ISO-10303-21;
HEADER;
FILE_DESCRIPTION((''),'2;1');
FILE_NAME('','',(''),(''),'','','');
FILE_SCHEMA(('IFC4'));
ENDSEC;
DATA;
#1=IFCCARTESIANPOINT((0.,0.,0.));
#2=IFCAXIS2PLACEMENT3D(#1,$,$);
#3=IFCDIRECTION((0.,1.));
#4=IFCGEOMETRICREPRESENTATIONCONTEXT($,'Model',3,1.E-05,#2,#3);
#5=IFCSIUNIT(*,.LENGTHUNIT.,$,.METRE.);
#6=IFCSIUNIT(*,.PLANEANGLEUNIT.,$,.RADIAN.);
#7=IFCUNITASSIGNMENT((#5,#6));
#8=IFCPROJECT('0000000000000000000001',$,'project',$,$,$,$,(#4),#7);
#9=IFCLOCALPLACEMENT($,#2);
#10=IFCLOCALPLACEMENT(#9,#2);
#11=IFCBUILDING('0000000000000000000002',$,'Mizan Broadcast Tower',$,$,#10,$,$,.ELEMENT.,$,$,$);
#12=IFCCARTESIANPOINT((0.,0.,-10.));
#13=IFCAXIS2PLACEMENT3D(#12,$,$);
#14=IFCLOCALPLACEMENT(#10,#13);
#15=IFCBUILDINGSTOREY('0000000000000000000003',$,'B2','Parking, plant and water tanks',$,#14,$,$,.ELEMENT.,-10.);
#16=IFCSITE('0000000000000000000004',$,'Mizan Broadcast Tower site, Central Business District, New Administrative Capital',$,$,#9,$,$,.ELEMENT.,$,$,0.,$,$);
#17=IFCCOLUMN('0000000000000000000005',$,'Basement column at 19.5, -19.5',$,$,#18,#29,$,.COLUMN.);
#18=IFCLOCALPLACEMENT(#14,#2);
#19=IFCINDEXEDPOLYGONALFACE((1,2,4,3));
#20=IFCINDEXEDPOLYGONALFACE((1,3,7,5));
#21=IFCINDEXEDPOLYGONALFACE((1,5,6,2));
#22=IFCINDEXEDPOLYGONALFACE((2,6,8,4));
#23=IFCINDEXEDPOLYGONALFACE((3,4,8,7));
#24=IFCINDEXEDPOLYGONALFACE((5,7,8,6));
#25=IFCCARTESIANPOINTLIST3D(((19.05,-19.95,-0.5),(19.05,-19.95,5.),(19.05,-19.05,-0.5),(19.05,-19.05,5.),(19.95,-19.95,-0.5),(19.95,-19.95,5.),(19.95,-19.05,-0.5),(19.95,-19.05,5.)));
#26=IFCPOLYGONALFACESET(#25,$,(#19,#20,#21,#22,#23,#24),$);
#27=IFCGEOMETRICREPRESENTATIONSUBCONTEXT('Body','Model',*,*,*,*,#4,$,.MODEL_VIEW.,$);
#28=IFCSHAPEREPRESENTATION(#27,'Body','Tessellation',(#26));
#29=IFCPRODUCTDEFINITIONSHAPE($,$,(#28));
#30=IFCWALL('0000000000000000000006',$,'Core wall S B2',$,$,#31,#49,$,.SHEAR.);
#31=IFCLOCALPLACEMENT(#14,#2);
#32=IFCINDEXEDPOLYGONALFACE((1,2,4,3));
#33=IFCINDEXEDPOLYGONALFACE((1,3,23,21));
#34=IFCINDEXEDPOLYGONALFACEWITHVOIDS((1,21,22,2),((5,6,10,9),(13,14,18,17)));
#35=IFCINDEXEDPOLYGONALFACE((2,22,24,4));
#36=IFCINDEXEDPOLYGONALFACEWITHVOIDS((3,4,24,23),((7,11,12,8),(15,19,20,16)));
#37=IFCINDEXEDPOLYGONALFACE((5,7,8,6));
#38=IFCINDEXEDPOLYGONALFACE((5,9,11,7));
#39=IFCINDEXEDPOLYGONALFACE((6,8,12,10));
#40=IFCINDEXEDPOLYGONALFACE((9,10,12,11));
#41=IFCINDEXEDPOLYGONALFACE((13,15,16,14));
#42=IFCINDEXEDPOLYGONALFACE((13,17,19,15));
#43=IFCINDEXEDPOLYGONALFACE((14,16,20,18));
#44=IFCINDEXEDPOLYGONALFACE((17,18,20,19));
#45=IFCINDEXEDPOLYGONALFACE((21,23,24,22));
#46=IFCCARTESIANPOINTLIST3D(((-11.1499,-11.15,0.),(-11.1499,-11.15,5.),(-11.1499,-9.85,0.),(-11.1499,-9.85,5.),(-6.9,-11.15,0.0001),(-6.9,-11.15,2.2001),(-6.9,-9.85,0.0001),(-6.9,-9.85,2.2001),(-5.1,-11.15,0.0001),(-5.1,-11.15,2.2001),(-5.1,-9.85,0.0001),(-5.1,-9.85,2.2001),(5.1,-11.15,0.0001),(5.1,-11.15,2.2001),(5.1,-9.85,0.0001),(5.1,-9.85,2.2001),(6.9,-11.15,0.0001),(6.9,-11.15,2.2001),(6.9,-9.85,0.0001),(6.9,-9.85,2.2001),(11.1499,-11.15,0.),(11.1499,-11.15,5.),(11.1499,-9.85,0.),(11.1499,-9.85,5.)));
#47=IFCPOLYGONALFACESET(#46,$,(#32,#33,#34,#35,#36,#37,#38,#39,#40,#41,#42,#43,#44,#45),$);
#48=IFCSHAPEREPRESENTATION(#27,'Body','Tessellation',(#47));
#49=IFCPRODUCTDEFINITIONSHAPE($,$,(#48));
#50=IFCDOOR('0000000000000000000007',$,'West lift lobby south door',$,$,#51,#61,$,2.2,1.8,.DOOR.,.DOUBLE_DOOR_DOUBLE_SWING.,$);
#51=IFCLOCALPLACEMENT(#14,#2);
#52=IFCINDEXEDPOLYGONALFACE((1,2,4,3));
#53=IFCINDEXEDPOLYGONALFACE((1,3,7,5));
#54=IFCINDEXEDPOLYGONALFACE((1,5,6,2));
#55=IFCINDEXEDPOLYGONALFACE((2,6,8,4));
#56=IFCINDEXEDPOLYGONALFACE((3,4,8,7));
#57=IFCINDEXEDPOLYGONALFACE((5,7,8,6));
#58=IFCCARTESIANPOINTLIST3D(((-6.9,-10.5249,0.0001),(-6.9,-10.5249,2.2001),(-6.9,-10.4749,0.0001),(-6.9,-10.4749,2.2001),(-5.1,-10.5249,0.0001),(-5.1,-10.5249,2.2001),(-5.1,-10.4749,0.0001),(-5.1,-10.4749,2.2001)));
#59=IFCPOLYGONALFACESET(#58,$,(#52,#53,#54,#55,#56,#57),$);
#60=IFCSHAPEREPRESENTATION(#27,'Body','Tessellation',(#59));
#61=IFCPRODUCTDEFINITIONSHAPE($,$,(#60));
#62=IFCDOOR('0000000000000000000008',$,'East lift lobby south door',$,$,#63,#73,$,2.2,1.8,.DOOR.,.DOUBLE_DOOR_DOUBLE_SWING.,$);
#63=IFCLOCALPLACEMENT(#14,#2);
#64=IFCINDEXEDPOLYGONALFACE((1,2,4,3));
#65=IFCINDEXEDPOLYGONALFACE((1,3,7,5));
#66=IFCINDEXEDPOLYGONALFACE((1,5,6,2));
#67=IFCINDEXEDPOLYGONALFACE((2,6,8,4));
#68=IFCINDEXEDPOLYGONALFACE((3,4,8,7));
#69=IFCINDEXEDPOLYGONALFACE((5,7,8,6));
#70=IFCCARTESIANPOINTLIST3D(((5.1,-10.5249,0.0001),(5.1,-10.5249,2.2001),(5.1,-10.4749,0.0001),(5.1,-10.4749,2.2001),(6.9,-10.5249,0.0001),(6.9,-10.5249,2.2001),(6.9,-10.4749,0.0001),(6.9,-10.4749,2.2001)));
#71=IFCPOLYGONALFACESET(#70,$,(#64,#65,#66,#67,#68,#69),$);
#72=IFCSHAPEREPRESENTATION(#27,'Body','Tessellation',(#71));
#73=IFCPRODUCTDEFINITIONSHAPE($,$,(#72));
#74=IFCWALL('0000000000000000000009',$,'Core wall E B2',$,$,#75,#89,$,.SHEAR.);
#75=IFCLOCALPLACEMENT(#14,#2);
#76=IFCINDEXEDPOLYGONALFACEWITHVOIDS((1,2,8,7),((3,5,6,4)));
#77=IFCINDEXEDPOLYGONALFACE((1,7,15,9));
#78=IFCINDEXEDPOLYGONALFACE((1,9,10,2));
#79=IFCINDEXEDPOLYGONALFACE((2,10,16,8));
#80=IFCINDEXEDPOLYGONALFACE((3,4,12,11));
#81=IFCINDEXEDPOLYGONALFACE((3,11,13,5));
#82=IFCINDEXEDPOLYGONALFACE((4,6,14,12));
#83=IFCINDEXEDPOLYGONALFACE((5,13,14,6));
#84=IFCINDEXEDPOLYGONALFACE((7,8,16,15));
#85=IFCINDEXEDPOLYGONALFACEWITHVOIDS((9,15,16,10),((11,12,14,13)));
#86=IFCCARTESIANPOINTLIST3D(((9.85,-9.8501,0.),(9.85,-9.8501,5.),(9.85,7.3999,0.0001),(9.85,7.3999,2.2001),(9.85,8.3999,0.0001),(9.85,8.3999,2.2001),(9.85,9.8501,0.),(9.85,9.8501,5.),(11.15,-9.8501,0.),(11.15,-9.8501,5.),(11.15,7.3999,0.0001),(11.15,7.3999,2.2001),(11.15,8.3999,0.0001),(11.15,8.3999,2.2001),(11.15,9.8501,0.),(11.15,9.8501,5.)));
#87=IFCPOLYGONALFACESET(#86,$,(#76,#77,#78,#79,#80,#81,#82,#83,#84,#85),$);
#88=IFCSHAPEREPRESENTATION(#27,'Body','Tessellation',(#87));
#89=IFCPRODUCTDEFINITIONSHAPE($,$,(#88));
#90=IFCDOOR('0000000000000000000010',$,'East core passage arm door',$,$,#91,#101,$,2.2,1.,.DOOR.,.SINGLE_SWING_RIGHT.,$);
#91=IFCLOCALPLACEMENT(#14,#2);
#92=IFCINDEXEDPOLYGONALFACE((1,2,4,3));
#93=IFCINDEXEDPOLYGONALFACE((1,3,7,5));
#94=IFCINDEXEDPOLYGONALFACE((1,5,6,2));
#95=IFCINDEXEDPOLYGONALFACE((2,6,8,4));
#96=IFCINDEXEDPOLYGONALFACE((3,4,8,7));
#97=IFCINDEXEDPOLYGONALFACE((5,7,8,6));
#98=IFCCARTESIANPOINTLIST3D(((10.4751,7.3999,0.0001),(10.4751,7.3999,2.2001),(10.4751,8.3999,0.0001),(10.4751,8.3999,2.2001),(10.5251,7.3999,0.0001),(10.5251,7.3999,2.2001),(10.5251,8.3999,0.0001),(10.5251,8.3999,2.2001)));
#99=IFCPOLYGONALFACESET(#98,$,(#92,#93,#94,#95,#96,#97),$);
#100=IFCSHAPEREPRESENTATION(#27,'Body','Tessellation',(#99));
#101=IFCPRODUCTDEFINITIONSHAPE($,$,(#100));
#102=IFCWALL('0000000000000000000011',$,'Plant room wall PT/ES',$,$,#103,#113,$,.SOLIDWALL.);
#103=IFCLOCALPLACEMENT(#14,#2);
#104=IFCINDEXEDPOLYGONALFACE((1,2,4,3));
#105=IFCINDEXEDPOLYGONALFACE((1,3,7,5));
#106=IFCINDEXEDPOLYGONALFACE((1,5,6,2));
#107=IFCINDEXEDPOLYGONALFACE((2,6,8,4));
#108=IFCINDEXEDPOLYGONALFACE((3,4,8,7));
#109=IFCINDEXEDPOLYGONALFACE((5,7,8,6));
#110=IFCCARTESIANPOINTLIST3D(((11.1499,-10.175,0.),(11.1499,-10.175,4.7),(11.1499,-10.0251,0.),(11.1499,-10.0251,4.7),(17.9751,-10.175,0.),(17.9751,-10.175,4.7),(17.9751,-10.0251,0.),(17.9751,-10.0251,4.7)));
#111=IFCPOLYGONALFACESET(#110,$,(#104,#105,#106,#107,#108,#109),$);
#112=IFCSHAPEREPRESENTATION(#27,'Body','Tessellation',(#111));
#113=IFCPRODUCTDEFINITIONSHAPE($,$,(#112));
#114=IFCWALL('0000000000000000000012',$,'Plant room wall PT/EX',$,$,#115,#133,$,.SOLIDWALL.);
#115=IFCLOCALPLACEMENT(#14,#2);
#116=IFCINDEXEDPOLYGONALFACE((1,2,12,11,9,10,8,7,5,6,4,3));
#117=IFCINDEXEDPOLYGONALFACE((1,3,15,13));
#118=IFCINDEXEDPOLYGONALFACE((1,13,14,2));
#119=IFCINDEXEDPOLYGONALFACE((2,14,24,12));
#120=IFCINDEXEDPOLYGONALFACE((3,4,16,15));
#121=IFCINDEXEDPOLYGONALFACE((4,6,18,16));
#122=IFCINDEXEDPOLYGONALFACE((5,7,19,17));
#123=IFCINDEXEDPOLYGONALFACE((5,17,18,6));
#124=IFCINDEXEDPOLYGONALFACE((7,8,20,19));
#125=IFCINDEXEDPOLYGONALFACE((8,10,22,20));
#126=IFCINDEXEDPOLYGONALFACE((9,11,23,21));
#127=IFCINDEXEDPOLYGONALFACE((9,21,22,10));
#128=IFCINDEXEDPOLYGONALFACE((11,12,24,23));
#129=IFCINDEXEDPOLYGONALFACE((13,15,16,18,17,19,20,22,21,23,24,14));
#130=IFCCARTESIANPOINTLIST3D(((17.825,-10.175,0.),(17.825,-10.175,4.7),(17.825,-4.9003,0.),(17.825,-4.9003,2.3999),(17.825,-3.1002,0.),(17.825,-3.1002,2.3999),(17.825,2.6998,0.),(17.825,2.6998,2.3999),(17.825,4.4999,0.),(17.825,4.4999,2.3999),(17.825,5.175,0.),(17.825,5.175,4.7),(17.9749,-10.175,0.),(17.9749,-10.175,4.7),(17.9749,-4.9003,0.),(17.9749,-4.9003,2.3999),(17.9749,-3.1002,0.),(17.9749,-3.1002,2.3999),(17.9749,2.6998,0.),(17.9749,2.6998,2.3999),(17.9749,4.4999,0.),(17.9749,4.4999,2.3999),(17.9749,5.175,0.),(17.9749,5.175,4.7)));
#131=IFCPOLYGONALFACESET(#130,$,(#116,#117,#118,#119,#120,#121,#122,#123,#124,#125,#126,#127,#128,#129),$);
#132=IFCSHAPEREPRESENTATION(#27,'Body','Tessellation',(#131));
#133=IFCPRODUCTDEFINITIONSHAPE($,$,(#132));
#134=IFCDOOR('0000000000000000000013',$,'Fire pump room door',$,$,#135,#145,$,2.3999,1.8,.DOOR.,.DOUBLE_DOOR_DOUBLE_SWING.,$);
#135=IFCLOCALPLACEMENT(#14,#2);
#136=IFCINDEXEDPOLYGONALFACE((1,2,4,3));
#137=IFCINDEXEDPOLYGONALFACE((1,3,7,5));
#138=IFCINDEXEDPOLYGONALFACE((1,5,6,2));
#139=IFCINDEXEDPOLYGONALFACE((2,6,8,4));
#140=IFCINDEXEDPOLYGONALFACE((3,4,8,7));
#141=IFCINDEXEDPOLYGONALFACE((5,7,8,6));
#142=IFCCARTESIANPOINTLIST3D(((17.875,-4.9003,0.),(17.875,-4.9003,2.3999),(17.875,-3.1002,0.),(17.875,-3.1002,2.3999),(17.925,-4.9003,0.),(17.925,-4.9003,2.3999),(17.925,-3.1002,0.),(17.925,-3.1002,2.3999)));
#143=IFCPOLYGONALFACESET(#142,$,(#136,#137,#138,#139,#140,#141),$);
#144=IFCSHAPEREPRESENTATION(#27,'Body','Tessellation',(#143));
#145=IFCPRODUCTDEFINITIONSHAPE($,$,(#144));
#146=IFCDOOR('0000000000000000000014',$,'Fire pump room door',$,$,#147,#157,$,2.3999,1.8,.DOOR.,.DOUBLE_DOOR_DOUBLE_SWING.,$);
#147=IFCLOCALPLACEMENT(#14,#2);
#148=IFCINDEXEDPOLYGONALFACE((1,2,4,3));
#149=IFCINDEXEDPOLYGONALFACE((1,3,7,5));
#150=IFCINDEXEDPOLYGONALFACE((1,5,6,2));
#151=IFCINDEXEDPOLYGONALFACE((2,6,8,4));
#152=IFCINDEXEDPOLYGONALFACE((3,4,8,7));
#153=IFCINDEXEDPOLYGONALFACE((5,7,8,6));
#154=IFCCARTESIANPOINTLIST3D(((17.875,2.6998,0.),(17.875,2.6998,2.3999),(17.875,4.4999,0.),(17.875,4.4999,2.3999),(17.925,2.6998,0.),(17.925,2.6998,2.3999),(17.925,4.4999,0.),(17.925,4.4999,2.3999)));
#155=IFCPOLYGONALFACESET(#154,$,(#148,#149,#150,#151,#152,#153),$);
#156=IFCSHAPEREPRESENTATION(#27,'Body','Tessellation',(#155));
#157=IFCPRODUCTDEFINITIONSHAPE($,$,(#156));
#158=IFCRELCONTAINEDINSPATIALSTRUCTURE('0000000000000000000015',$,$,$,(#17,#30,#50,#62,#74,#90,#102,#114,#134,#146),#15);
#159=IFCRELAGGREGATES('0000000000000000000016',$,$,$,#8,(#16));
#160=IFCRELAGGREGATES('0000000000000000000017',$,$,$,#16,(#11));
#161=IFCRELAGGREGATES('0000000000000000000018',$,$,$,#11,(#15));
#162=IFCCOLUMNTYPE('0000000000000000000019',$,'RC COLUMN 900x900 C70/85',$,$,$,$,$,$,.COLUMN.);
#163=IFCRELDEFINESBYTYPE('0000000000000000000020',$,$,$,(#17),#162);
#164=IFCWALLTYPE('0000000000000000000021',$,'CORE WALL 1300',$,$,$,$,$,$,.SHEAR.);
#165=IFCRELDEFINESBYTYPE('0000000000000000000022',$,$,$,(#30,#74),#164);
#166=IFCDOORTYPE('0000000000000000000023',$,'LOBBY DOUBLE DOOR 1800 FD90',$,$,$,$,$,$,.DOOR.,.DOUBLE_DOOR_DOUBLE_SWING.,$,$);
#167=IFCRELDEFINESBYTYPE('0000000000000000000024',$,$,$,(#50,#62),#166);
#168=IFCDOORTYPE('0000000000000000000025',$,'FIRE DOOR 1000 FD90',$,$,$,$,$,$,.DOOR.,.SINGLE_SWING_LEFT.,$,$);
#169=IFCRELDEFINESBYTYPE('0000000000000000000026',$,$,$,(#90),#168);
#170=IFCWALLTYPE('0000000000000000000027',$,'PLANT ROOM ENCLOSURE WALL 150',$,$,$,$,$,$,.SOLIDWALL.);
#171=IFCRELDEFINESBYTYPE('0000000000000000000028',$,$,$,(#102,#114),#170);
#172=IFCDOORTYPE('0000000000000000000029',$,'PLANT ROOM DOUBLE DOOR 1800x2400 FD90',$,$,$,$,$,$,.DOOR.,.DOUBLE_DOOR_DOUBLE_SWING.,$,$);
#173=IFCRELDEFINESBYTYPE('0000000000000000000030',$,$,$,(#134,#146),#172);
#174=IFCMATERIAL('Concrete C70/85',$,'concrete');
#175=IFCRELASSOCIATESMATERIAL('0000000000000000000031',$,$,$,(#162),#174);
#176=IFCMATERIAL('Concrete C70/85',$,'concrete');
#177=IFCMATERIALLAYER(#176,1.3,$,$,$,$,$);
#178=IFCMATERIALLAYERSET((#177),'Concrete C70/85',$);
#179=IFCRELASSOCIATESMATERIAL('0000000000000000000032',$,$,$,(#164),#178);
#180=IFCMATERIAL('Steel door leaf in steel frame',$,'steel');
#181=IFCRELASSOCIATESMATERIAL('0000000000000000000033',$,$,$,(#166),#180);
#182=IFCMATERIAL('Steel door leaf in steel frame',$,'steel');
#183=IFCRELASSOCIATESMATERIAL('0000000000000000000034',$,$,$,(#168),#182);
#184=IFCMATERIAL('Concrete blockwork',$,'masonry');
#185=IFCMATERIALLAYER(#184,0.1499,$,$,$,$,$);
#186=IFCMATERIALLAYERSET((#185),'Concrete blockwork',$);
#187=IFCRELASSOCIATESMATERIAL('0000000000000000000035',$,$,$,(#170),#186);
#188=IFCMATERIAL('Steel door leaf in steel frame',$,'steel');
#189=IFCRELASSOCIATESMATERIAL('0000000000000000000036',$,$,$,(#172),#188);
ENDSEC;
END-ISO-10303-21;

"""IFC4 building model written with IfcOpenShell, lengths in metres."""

from ifc_helpers import new_model, si_unit, direction, frame, frame_2d, origin, origin_2d, place, context, subcontext, project, spatial, rectangle, extrude, material, layer, layer_set, material_profile, profile_set, type_object, element, fill, save


model = new_model("IFC4")

# Units and contexts
model_context = context("Model", 3, precision=1e-05, world=origin(), true_north=direction((0.0, 1.0)))
body_context = subcontext(model_context, "Body", "Model", "MODEL_VIEW")
ifc_project = project(units=[si_unit("LENGTHUNIT", "METRE"), si_unit("PLANEANGLEUNIT", "RADIAN")], contexts=[model_context])

# Site, building, storey
site_placement = place(None, origin())
site = spatial("IfcSite", under=ifc_project, at=site_placement, Name="Mizan Broadcast Tower site, Central Business District, New Administrative Capital", CompositionType="ELEMENT", RefElevation=0.0)
building_placement = place(site_placement, origin())
building = spatial("IfcBuilding", under=site, at=building_placement, Name="Mizan Broadcast Tower", CompositionType="ELEMENT")
storey_placement = place(building_placement, frame((0.0, 0.0, -10.0)))
storey = spatial("IfcBuildingStorey", under=building, at=storey_placement, Name="B2", Description="Parking, plant and water tanks", CompositionType="ELEMENT", Elevation=-10.0)

# Column
ifc_material_1 = material(Name="Concrete C70/85", Category="concrete")
ifc_material_profile_1 = material_profile(ifc_material_1, rectangle(XDim=0.8999, YDim=0.8999, at=origin_2d()), Name="RC 900x900")
ifc_profile_set_1 = profile_set([ifc_material_profile_1], Name="Concrete C70/85")
column_type_1 = type_object("IfcColumnType", Name="RC COLUMN 900x900 C70/85", PredefinedType="COLUMN", material=ifc_profile_set_1)
column_placement = place(storey_placement, frame((19.5, -19.5, -0.5), z_axis=(0.0, 0.0, 1.0), x_axis=(1.0, 0.0, 0.0)))
element("IfcColumn", 1, at=column_placement, inside=storey, type_object=column_type_1, Name="Basement column at 19.5, -19.5", PredefinedType="COLUMN", context=body_context, shape_type="SweptSolid", body=[
    extrude(rectangle(XDim=0.8999, YDim=0.8999, at=origin_2d()), origin(), (0.0, 0.0, 1.0), 5.5),
])

# Wall, openings, doors
ifc_material_2 = material(Name="Concrete C70/85", Category="concrete")
ifc_layer_1 = layer(ifc_material_2, 1.3)
ifc_layer_set_1 = layer_set([ifc_layer_1], Name="Concrete C70/85")
wall_type_1 = type_object("IfcWallType", Name="CORE WALL 1300", PredefinedType="SHEAR", material=ifc_layer_set_1)
wall_1_placement = place(storey_placement, frame((11.1499, -10.5, 0.0), z_axis=(0.0, 0.0, 1.0), x_axis=(-1.0, 0.0, 0.0)))
wall_1 = element("IfcWall", 2, at=wall_1_placement, inside=storey, type_object=wall_type_1, Name="Core wall S B2", PredefinedType="SHEAR", context=body_context, shape_type="SweptSolid", body=[
    extrude(rectangle(XDim=22.2998, YDim=1.3, at=frame_2d((11.1499, 0.0))), origin(), (0.0, 0.0, 1.0), 5.0),
])
opening_1_placement = place(wall_1_placement, frame((16.25, 0.0, 0.0)))
opening_1 = element("IfcOpeningElement", 3, at=opening_1_placement, cuts=wall_1, PredefinedType="OPENING", context=body_context, shape_type="SweptSolid", body=[
    extrude(rectangle(XDim=1.8, YDim=2.2, at=frame_2d((0.8999, 1.1001))), frame((0.0, 0.6599, 0.0), z_axis=(0.0, -1.0, 0.0), x_axis=(1.0, 0.0, 0.0)), (0.0, 0.0, 1.0), 1.3201),
])
opening_2_placement = place(wall_1_placement, frame((4.25, 0.0, 0.0)))
opening_2 = element("IfcOpeningElement", 4, at=opening_2_placement, cuts=wall_1, PredefinedType="OPENING", context=body_context, shape_type="SweptSolid", body=[
    extrude(rectangle(XDim=1.8, YDim=2.2, at=frame_2d((0.8999, 1.1001))), frame((0.0, 0.6599, 0.0), z_axis=(0.0, -1.0, 0.0), x_axis=(1.0, 0.0, 0.0)), (0.0, 0.0, 1.0), 1.3201),
])
ifc_material_3 = material(Name="Steel door leaf in steel frame", Category="steel")
door_type_1 = type_object("IfcDoorType", Name="LOBBY DOUBLE DOOR 1800 FD90", OperationType="DOUBLE_DOOR_DOUBLE_SWING", PredefinedType="DOOR", material=ifc_material_3)
door_1_placement = place(opening_1_placement, origin())
door_1 = element("IfcDoor", 5, at=door_1_placement, inside=storey, type_object=door_type_1, Name="West lift lobby south door", OperationType="DOUBLE_DOOR_DOUBLE_SWING", OverallHeight=2.2, OverallWidth=1.8, PredefinedType="DOOR", context=body_context, shape_type="SweptSolid", body=[
    extrude(rectangle(XDim=1.8, YDim=2.2, at=frame_2d((0.8999, 1.1001))), frame((0.0, 0.0249, 0.0), z_axis=(0.0, -1.0, 0.0), x_axis=(1.0, 0.0, 0.0)), (0.0, 0.0, 1.0), 0.05),
])
fill(opening_1, door_1)
door_2_placement = place(opening_2_placement, origin())
door_2 = element("IfcDoor", 6, at=door_2_placement, inside=storey, type_object=door_type_1, Name="East lift lobby south door", OperationType="DOUBLE_DOOR_DOUBLE_SWING", OverallHeight=2.2, OverallWidth=1.8, PredefinedType="DOOR", context=body_context, shape_type="SweptSolid", body=[
    extrude(rectangle(XDim=1.8, YDim=2.2, at=frame_2d((0.8999, 1.1001))), frame((0.0, 0.0249, 0.0), z_axis=(0.0, -1.0, 0.0), x_axis=(1.0, 0.0, 0.0)), (0.0, 0.0, 1.0), 0.05),
])
fill(opening_2, door_2)

# Wall, opening, door
wall_2_placement = place(storey_placement, frame((10.5, -9.8501, 0.0), z_axis=(0.0, 0.0, 1.0), x_axis=(0.0, 1.0, 0.0)))
wall_2 = element("IfcWall", 7, at=wall_2_placement, inside=storey, type_object=wall_type_1, Name="Core wall E B2", PredefinedType="SHEAR", context=body_context, shape_type="SweptSolid", body=[
    extrude(rectangle(XDim=19.7002, YDim=1.3, at=frame_2d((9.8501, 0.0))), origin(), (0.0, 0.0, 1.0), 5.0),
])
opening_3_placement = place(wall_2_placement, frame((17.25, 0.0, 0.0)))
opening_3 = element("IfcOpeningElement", 8, at=opening_3_placement, cuts=wall_2, PredefinedType="OPENING", context=body_context, shape_type="SweptSolid", body=[
    extrude(rectangle(XDim=1.0, YDim=2.2, at=frame_2d((0.5, 1.1001))), frame((0.0, 0.6599, 0.0), z_axis=(0.0, -1.0, 0.0), x_axis=(1.0, 0.0, 0.0)), (0.0, 0.0, 1.0), 1.3201),
])
ifc_material_4 = material(Name="Steel door leaf in steel frame", Category="steel")
door_type_2 = type_object("IfcDoorType", Name="FIRE DOOR 1000 FD90", OperationType="SINGLE_SWING_LEFT", PredefinedType="DOOR", material=ifc_material_4)
door_3_placement = place(opening_3_placement, origin())
door_3 = element("IfcDoor", 9, at=door_3_placement, inside=storey, type_object=door_type_2, Name="East core passage arm door", OperationType="SINGLE_SWING_RIGHT", OverallHeight=2.2, OverallWidth=1.0, PredefinedType="DOOR", context=body_context, shape_type="SweptSolid", body=[
    extrude(rectangle(XDim=1.0, YDim=2.2, at=frame_2d((0.5, 1.1001))), frame((0.0, 0.0249, 0.0), z_axis=(0.0, -1.0, 0.0), x_axis=(1.0, 0.0, 0.0)), (0.0, 0.0, 1.0), 0.05),
])
fill(opening_3, door_3)

# Wall
ifc_material_5 = material(Name="Concrete blockwork", Category="masonry")
ifc_layer_2 = layer(ifc_material_5, 0.1499)
ifc_layer_set_2 = layer_set([ifc_layer_2], Name="Concrete blockwork")
wall_type_2 = type_object("IfcWallType", Name="PLANT ROOM ENCLOSURE WALL 150", PredefinedType="SOLIDWALL", material=ifc_layer_set_2)
wall_3_placement = place(storey_placement, frame((11.1499, -10.1001, 0.0), z_axis=(0.0, 0.0, 1.0), x_axis=(1.0, 0.0, 0.0)))
element("IfcWall", 10, at=wall_3_placement, inside=storey, type_object=wall_type_2, Name="Plant room wall PT/ES", PredefinedType="SOLIDWALL", context=body_context, shape_type="SweptSolid", body=[
    extrude(rectangle(XDim=6.8252, YDim=0.1499, at=frame_2d((3.4126, 0.0))), origin(), (0.0, 0.0, 1.0), 4.7),
])

# Wall, openings, doors
wall_4_placement = place(storey_placement, frame((17.8999, -10.175, 0.0), z_axis=(0.0, 0.0, 1.0), x_axis=(0.0, 1.0, 0.0)))
wall_4 = element("IfcWall", 11, at=wall_4_placement, inside=storey, type_object=wall_type_2, Name="Plant room wall PT/EX", PredefinedType="SOLIDWALL", context=body_context, shape_type="SweptSolid", body=[
    extrude(rectangle(XDim=15.3501, YDim=0.1499, at=frame_2d((7.675, 0.0))), origin(), (0.0, 0.0, 1.0), 4.7),
])
opening_4_placement = place(wall_4_placement, frame((5.2749, 0.0, 0.0)))
opening_4 = element("IfcOpeningElement", 12, at=opening_4_placement, cuts=wall_4, PredefinedType="OPENING", context=body_context, shape_type="SweptSolid", body=[
    extrude(rectangle(XDim=1.8, YDim=2.3999, at=frame_2d((0.8999, 1.2))), frame((0.0, 0.085, 0.0), z_axis=(0.0, -1.0, 0.0), x_axis=(1.0, 0.0, 0.0)), (0.0, 0.0, 1.0), 0.1699),
])
opening_5_placement = place(wall_4_placement, frame((12.875, 0.0, 0.0)))
opening_5 = element("IfcOpeningElement", 13, at=opening_5_placement, cuts=wall_4, PredefinedType="OPENING", context=body_context, shape_type="SweptSolid", body=[
    extrude(rectangle(XDim=1.8, YDim=2.3999, at=frame_2d((0.8999, 1.2))), frame((0.0, 0.085, 0.0), z_axis=(0.0, -1.0, 0.0), x_axis=(1.0, 0.0, 0.0)), (0.0, 0.0, 1.0), 0.1699),
])
ifc_material_6 = material(Name="Steel door leaf in steel frame", Category="steel")
door_type_3 = type_object("IfcDoorType", Name="PLANT ROOM DOUBLE DOOR 1800x2400 FD90", OperationType="DOUBLE_DOOR_DOUBLE_SWING", PredefinedType="DOOR", material=ifc_material_6)
door_4_placement = place(opening_4_placement, origin())
door_4 = element("IfcDoor", 14, at=door_4_placement, inside=storey, type_object=door_type_3, Name="Fire pump room door", OperationType="DOUBLE_DOOR_DOUBLE_SWING", OverallHeight=2.3999, OverallWidth=1.8, PredefinedType="DOOR", context=body_context, shape_type="SweptSolid", body=[
    extrude(rectangle(XDim=1.8, YDim=2.3999, at=frame_2d((0.8999, 1.2))), frame((0.0, 0.0249, 0.0), z_axis=(0.0, -1.0, 0.0), x_axis=(1.0, 0.0, 0.0)), (0.0, 0.0, 1.0), 0.05),
])
fill(opening_4, door_4)
door_5_placement = place(opening_5_placement, origin())
door_5 = element("IfcDoor", 15, at=door_5_placement, inside=storey, type_object=door_type_3, Name="Fire pump room door", OperationType="DOUBLE_DOOR_DOUBLE_SWING", OverallHeight=2.3999, OverallWidth=1.8, PredefinedType="DOOR", context=body_context, shape_type="SweptSolid", body=[
    extrude(rectangle(XDim=1.8, YDim=2.3999, at=frame_2d((0.8999, 1.2))), frame((0.0, 0.0249, 0.0), z_axis=(0.0, -1.0, 0.0), x_axis=(1.0, 0.0, 0.0)), (0.0, 0.0, 1.0), 0.05),
])
fill(opening_5, door_5)

save(model, "model.ifc")
